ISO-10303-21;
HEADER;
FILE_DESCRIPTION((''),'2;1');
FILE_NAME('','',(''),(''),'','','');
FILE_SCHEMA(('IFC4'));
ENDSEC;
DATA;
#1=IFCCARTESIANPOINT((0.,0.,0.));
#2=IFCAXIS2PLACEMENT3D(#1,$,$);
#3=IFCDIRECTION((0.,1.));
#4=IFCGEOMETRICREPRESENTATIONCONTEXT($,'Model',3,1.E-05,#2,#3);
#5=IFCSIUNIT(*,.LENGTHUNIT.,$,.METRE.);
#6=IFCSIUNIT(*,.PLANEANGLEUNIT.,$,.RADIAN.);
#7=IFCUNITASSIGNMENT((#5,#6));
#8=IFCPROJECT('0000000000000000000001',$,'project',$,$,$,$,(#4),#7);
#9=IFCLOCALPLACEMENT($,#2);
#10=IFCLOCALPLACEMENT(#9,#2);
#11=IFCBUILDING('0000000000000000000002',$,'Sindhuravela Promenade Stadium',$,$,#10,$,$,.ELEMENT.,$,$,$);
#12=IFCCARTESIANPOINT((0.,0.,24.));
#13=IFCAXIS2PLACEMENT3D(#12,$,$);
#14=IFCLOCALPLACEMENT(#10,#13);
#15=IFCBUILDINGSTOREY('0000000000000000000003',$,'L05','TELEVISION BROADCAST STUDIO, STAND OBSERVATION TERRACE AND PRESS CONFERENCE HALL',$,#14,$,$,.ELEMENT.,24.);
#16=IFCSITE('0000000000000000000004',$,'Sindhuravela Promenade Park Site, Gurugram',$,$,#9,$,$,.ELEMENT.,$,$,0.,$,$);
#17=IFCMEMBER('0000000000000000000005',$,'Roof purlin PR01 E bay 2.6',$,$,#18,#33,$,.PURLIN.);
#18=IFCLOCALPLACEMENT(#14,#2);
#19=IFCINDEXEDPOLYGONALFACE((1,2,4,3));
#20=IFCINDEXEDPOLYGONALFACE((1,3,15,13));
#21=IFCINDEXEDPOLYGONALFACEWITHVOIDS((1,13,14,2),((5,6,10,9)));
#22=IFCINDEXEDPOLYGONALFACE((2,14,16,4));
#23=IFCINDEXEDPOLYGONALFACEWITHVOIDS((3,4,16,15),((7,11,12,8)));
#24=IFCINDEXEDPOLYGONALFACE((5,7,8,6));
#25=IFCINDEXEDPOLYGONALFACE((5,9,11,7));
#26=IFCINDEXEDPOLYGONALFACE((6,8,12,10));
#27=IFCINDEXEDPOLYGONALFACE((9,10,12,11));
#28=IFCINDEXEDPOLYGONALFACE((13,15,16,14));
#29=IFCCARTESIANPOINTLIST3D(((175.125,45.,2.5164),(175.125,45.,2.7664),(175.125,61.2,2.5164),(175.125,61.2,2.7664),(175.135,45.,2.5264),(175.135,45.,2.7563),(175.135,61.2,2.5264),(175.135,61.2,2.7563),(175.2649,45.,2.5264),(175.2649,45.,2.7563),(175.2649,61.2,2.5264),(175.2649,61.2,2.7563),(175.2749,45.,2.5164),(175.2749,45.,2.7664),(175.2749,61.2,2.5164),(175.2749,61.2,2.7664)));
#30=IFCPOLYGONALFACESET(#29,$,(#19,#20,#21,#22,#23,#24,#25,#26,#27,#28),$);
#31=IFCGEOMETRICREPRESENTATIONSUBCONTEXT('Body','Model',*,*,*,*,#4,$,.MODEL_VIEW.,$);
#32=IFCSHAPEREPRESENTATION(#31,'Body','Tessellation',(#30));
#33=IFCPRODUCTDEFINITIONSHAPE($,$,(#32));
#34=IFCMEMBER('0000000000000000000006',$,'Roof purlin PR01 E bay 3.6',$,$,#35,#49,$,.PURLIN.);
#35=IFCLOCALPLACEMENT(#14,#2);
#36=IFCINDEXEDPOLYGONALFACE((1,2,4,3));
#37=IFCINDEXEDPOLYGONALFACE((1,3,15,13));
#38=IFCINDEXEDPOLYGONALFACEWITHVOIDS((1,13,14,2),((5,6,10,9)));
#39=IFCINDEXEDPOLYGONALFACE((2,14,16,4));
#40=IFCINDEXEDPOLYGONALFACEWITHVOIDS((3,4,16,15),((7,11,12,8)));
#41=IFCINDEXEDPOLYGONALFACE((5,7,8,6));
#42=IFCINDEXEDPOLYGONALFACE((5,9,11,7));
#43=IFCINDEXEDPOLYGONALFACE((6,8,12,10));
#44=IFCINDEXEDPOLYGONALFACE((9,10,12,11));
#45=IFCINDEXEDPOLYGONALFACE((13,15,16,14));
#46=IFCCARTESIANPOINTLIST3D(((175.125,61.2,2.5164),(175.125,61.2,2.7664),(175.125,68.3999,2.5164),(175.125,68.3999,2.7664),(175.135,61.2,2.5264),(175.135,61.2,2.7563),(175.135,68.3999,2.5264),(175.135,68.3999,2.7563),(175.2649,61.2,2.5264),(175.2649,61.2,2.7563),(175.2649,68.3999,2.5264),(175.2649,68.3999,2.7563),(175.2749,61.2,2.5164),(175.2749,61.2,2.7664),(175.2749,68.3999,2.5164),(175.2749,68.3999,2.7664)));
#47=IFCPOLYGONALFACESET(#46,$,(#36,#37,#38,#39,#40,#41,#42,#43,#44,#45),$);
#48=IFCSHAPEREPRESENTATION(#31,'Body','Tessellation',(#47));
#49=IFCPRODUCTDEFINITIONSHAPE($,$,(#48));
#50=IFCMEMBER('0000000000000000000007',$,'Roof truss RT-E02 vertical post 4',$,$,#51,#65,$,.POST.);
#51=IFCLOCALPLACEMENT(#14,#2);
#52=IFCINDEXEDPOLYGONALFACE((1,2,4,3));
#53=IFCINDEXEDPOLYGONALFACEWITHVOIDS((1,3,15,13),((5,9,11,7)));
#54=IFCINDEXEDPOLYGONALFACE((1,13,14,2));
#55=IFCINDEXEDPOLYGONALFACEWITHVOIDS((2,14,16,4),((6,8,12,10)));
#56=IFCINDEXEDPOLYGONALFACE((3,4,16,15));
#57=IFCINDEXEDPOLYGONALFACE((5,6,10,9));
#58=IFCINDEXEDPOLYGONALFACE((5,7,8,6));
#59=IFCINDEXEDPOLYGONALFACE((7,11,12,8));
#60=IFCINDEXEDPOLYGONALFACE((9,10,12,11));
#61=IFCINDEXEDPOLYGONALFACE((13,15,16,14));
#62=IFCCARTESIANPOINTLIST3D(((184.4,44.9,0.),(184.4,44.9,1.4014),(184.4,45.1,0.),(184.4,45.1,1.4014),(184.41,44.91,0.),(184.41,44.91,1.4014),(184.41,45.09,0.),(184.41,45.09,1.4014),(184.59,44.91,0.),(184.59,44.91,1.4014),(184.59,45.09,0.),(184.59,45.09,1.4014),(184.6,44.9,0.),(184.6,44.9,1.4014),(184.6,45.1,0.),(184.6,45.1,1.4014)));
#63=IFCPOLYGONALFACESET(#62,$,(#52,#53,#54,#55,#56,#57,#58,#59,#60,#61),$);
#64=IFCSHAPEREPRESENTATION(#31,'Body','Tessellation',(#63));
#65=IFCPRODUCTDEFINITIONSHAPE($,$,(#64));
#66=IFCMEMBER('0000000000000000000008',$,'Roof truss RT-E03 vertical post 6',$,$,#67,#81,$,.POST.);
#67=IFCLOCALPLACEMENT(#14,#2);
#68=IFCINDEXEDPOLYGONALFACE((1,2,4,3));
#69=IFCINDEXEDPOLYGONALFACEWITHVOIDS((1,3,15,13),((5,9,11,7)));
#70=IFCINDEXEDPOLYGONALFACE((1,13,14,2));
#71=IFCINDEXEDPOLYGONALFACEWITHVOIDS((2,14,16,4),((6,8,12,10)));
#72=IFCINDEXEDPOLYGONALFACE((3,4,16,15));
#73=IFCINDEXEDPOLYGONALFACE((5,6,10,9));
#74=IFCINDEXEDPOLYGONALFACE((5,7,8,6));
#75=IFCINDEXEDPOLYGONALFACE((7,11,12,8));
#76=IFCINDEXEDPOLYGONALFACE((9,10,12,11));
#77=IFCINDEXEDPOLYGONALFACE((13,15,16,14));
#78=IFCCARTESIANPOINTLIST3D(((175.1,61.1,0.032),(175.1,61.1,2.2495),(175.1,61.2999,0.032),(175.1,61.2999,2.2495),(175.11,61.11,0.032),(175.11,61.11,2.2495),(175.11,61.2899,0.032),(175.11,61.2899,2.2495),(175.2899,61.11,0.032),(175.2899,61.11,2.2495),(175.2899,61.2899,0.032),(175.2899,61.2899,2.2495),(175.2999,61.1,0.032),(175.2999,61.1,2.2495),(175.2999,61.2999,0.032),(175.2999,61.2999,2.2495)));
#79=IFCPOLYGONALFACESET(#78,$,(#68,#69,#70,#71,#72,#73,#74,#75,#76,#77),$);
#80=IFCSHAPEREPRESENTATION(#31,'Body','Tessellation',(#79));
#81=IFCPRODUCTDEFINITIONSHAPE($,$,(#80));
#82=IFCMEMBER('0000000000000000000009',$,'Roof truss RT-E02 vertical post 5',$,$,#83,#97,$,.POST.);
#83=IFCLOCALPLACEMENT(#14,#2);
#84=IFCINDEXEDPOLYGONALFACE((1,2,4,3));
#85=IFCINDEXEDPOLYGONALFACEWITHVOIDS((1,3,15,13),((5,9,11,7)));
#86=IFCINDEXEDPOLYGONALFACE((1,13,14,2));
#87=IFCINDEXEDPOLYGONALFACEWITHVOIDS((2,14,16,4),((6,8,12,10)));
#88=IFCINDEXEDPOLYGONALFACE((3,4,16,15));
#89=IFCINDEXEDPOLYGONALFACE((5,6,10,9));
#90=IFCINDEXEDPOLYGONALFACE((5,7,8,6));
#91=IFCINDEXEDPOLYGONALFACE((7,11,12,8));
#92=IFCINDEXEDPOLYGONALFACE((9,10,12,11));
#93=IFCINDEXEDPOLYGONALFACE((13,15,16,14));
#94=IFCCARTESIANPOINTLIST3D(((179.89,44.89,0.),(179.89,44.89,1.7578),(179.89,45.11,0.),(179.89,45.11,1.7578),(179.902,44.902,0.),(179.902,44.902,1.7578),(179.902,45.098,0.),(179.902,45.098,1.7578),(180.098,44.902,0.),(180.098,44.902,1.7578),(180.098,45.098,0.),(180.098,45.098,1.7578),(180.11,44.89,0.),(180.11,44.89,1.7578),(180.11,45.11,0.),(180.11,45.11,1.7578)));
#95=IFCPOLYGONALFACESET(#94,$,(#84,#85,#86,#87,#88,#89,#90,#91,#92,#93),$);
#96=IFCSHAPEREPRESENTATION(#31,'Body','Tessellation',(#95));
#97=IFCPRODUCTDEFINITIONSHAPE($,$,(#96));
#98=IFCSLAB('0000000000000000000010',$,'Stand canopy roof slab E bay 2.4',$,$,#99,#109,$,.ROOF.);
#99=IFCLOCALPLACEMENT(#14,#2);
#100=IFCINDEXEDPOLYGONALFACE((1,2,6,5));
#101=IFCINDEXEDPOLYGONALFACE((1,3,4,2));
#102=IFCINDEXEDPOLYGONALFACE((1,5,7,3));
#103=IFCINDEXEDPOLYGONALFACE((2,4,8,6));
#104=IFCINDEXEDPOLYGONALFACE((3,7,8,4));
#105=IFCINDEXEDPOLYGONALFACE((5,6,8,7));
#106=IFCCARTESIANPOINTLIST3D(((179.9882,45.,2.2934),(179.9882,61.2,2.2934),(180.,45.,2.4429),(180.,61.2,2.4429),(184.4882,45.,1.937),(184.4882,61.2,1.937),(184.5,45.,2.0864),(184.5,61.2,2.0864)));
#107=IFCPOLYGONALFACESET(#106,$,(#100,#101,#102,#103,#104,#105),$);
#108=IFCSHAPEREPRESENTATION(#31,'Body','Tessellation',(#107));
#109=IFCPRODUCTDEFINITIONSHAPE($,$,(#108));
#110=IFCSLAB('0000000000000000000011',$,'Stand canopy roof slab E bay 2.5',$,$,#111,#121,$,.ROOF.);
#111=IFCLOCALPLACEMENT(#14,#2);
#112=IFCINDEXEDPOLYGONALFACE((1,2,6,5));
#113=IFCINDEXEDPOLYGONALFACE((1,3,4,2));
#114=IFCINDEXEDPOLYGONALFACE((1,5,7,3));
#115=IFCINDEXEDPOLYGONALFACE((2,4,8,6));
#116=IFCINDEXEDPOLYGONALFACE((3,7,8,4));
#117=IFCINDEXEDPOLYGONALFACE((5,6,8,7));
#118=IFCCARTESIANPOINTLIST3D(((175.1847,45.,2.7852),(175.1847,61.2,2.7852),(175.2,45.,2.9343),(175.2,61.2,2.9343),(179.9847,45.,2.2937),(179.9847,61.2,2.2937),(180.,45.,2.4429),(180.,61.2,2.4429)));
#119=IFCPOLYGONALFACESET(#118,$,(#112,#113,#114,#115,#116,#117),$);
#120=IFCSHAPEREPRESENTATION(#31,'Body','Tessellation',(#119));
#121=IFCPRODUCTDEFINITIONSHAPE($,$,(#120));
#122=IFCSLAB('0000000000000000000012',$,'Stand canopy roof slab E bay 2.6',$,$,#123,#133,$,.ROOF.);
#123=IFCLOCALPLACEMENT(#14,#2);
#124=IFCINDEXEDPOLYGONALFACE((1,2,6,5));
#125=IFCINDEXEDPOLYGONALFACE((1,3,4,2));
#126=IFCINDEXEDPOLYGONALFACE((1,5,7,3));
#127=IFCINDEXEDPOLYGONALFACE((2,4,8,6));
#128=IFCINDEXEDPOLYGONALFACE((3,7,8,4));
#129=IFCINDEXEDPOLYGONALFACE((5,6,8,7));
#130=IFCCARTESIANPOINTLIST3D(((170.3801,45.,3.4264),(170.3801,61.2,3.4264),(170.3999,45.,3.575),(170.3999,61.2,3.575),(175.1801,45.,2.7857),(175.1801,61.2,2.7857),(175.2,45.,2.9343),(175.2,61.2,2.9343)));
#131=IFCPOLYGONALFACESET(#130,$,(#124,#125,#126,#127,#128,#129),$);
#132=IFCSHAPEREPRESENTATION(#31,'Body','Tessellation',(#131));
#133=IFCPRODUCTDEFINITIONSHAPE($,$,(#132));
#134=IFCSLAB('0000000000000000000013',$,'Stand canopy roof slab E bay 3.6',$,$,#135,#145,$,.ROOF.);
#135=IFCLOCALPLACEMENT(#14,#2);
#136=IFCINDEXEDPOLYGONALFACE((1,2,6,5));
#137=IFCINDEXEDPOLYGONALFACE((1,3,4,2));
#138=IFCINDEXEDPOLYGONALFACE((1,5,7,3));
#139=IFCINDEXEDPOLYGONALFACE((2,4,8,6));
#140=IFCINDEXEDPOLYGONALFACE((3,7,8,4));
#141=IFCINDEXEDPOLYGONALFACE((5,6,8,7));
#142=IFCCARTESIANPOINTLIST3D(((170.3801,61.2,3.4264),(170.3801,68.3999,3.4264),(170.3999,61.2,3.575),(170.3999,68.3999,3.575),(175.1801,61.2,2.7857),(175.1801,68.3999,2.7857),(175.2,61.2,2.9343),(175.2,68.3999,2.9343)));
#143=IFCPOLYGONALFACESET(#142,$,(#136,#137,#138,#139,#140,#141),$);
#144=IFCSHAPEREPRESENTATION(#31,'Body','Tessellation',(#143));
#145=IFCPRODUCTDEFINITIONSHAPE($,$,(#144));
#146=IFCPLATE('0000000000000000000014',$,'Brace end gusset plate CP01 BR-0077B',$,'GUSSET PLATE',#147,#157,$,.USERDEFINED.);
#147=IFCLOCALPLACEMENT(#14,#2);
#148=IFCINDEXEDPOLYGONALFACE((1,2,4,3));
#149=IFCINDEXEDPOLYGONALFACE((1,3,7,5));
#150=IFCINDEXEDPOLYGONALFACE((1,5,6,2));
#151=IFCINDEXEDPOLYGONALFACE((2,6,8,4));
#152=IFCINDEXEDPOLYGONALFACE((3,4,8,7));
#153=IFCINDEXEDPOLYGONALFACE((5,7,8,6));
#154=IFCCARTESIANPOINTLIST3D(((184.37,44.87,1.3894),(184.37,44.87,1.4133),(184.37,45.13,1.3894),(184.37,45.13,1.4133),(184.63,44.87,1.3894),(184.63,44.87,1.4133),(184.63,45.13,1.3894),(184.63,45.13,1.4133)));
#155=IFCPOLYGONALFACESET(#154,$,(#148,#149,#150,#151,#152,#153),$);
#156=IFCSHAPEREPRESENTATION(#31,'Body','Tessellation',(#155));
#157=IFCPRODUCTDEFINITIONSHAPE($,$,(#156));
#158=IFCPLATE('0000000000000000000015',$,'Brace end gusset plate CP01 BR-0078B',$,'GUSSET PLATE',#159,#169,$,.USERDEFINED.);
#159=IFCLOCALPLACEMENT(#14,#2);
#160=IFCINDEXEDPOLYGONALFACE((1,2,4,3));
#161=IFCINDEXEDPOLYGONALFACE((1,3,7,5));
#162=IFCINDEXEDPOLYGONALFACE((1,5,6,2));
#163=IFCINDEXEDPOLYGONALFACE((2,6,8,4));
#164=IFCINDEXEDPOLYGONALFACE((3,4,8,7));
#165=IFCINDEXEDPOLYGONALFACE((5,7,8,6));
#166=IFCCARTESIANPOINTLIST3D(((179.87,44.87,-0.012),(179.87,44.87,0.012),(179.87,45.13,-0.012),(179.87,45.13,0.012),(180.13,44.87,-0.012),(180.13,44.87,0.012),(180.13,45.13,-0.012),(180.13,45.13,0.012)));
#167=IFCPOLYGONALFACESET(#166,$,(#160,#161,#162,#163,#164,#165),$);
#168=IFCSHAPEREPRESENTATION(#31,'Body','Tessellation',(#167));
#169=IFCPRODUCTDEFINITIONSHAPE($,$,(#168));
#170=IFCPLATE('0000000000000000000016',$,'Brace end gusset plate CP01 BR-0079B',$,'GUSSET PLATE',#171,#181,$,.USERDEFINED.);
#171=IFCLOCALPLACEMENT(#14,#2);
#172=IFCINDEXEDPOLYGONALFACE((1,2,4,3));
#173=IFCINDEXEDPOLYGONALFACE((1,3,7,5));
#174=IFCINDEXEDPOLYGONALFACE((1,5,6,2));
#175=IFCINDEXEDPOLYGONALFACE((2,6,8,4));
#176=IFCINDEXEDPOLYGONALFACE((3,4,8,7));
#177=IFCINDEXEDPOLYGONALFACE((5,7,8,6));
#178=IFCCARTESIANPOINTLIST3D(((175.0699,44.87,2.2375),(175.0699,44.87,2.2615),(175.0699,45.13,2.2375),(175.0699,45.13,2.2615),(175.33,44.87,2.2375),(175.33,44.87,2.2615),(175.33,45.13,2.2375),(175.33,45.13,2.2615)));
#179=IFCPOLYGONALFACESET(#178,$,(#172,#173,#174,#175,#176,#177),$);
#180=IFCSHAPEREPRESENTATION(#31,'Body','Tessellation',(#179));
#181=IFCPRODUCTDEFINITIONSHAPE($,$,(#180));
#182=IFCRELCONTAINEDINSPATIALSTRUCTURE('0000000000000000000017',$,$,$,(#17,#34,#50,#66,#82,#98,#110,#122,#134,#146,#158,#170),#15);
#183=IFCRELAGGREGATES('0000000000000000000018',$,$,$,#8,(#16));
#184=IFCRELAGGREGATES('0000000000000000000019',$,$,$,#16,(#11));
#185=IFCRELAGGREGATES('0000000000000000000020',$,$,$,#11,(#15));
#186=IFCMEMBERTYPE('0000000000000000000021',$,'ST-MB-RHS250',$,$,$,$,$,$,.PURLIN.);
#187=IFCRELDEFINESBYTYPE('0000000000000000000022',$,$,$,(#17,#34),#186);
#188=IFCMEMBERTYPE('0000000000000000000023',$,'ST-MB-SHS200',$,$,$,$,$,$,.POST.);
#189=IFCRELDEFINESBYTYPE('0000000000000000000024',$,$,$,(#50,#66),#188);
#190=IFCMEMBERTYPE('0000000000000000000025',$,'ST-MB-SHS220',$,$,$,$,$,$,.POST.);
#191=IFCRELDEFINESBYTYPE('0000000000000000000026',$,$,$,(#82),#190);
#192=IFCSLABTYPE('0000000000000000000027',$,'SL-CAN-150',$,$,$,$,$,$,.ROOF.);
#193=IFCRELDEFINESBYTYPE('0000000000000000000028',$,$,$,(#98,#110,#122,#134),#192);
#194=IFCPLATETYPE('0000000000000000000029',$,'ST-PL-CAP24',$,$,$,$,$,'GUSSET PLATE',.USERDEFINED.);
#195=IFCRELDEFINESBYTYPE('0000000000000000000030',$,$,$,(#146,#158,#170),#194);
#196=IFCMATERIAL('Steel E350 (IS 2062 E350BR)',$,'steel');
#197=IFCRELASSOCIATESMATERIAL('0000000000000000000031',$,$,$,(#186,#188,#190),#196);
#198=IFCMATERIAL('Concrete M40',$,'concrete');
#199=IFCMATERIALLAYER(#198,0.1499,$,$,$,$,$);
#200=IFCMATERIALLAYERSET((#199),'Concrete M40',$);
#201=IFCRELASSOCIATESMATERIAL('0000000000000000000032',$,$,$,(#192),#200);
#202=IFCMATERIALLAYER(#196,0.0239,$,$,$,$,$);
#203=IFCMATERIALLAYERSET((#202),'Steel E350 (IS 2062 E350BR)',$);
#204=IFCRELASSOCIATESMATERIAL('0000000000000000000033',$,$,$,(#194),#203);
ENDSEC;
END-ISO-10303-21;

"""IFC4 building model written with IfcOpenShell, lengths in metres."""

from ifc_helpers import new_model, si_unit, direction, frame, origin, origin_2d, place, context, subcontext, project, spatial, polyline, rectangle, hollow_rectangle, outline, extrude, material, layer, layer_set, material_profile, profile_set, type_object, element, save


model = new_model("IFC4")

# Units and contexts
model_context = context("Model", 3, precision=1e-05, world=origin(), true_north=direction((0.0, 1.0)))
body_context = subcontext(model_context, "Body", "Model", "MODEL_VIEW")
ifc_project = project(units=[si_unit("LENGTHUNIT", "METRE"), si_unit("PLANEANGLEUNIT", "RADIAN")], contexts=[model_context])

# Site, building, storey
site_placement = place(None, origin())
site = spatial("IfcSite", under=ifc_project, at=site_placement, Name="Sindhuravela Promenade Park Site, Gurugram", CompositionType="ELEMENT", RefElevation=0.0)
building_placement = place(site_placement, origin())
building = spatial("IfcBuilding", under=site, at=building_placement, Name="Sindhuravela Promenade Stadium", CompositionType="ELEMENT")
storey_placement = place(building_placement, frame((0.0, 0.0, 24.0)))
storey = spatial("IfcBuildingStorey", under=building, at=storey_placement, Name="L05", Description="TELEVISION BROADCAST STUDIO, STAND OBSERVATION TERRACE AND PRESS CONFERENCE HALL", CompositionType="ELEMENT", Elevation=24.0)

# Shared definitions
ifc_material_1 = material(Name="Concrete M40", Category="concrete")
ifc_material_2 = material(Name="Steel E350 (IS 2062 E350BR)", Category="steel")

# Members
ifc_material_profile_1 = material_profile(ifc_material_2, hollow_rectangle(XDim=0.1499, YDim=0.25, WallThickness=0.01, at=origin_2d()), Name="RHS 250x150x10")
ifc_profile_set_1 = profile_set([ifc_material_profile_1], Name="Steel E350 (IS 2062 E350BR)")
member_type_1 = type_object("IfcMemberType", Name="ST-MB-RHS250", PredefinedType="PURLIN", material=ifc_profile_set_1)
for number, where, z_axis, x_axis, name in (
    (1, (175.2, 45.0, 2.6414), (0.0, 1.0, 0.0), (-1.0, 0.0, 0.0), "Roof purlin PR01 E bay 2.6"),
):
    element("IfcMember", number, at=place(storey_placement, frame(where, z_axis=z_axis, x_axis=x_axis)), inside=storey, type_object=member_type_1, Name=name, PredefinedType="PURLIN", context=body_context, shape_type="SweptSolid", body=[
        extrude(hollow_rectangle(XDim=0.1499, YDim=0.25, WallThickness=0.01, at=origin_2d()), origin(), (0.0, 0.0, 1.0), 16.2),
    ])
member_1_placement = place(storey_placement, frame((175.2, 61.2, 2.6414), z_axis=(0.0, 1.0, 0.0), x_axis=(-1.0, 0.0, 0.0)))
element("IfcMember", 2, at=member_1_placement, inside=storey, type_object=member_type_1, Name="Roof purlin PR01 E bay 3.6", PredefinedType="PURLIN", context=body_context, shape_type="SweptSolid", body=[
    extrude(hollow_rectangle(XDim=0.1499, YDim=0.25, WallThickness=0.01, at=origin_2d()), origin(), (0.0, 0.0, 1.0), 7.2),
])
ifc_material_profile_2 = material_profile(ifc_material_2, hollow_rectangle(XDim=0.2, YDim=0.2, WallThickness=0.01, at=origin_2d()), Name="SHS 200x200x10")
ifc_profile_set_2 = profile_set([ifc_material_profile_2], Name="Steel E350 (IS 2062 E350BR)")
member_type_2 = type_object("IfcMemberType", Name="ST-MB-SHS200", PredefinedType="POST", material=ifc_profile_set_2)
member_2_placement = place(storey_placement, frame((184.5, 45.0, 0.0), z_axis=(0.0, 0.0, 1.0), x_axis=(1.0, 0.0, 0.0)))
element("IfcMember", 3, at=member_2_placement, inside=storey, type_object=member_type_2, Name="Roof truss RT-E02 vertical post 4", PredefinedType="POST", context=body_context, shape_type="SweptSolid", body=[
    extrude(hollow_rectangle(XDim=0.2, YDim=0.2, WallThickness=0.01, at=origin_2d()), origin(), (0.0, 0.0, 1.0), 1.4014),
])
member_3_placement = place(storey_placement, frame((175.2, 61.2, 0.032), z_axis=(0.0, 0.0, 1.0), x_axis=(1.0, 0.0, 0.0)))
element("IfcMember", 4, at=member_3_placement, inside=storey, type_object=member_type_2, Name="Roof truss RT-E03 vertical post 6", PredefinedType="POST", context=body_context, shape_type="SweptSolid", body=[
    extrude(hollow_rectangle(XDim=0.2, YDim=0.2, WallThickness=0.01, at=origin_2d()), origin(), (0.0, 0.0, 1.0), 2.2175),
])
ifc_material_profile_3 = material_profile(ifc_material_2, hollow_rectangle(XDim=0.22, YDim=0.22, WallThickness=0.012, at=origin_2d()), Name="SHS 220x220x12")
ifc_profile_set_3 = profile_set([ifc_material_profile_3], Name="Steel E350 (IS 2062 E350BR)")
member_type_3 = type_object("IfcMemberType", Name="ST-MB-SHS220", PredefinedType="POST", material=ifc_profile_set_3)
member_4_placement = place(storey_placement, frame((180.0, 45.0, 0.0), z_axis=(0.0, 0.0, 1.0), x_axis=(1.0, 0.0, 0.0)))
element("IfcMember", 5, at=member_4_placement, inside=storey, type_object=member_type_3, Name="Roof truss RT-E02 vertical post 5", PredefinedType="POST", context=body_context, shape_type="SweptSolid", body=[
    extrude(hollow_rectangle(XDim=0.22, YDim=0.22, WallThickness=0.012, at=origin_2d()), origin(), (0.0, 0.0, 1.0), 1.7578),
])

# Slabs
ifc_layer_1 = layer(ifc_material_1, 0.1499)
ifc_layer_set_1 = layer_set([ifc_layer_1], Name="Concrete M40")
slab_type = type_object("IfcSlabType", Name="SL-CAN-150", PredefinedType="ROOF", material=ifc_layer_set_1)
slab_1_placement = place(storey_placement, frame((184.5, 45.0, 2.0864), z_axis=(0.078963, 0.0, 0.996878), x_axis=(0.0, 1.0, 0.0)))
element("IfcSlab", 6, at=slab_1_placement, inside=storey, type_object=slab_type, Name="Stand canopy roof slab E bay 2.4", PredefinedType="ROOF", context=body_context, shape_type="SweptSolid", body=[
    extrude(outline(polyline([(0.0, 0.0), (16.2, 0.0), (16.2, 4.5141), (0.0, 4.5141), (0.0, 0.0)])), origin(), (0.0, 0.0, -1.0), 0.1499),
])
slab_2_placement = place(storey_placement, frame((180.0, 45.0, 2.4429), z_axis=(0.101853, 0.0, 0.994799), x_axis=(0.0, 1.0, 0.0)))
element("IfcSlab", 7, at=slab_2_placement, inside=storey, type_object=slab_type, Name="Stand canopy roof slab E bay 2.5", PredefinedType="ROOF", context=body_context, shape_type="SweptSolid", body=[
    extrude(outline(polyline([(0.0, 0.0), (16.2, 0.0), (16.2, 4.8251), (0.0, 4.8251), (0.0, 0.0)])), origin(), (0.0, 0.0, -1.0), 0.1499),
])
slab_3_placement = place(storey_placement, frame((175.2, 45.0, 2.9343), z_axis=(0.132289, 0.0, 0.991211), x_axis=(0.0, 1.0, 0.0)))
element("IfcSlab", 8, at=slab_3_placement, inside=storey, type_object=slab_type, Name="Stand canopy roof slab E bay 2.6", PredefinedType="ROOF", context=body_context, shape_type="SweptSolid", body=[
    extrude(outline(polyline([(0.0, 0.0), (16.2, 0.0), (16.2, 4.8426), (0.0, 4.8426), (0.0, 0.0)])), origin(), (0.0, 0.0, -1.0), 0.1499),
])
slab_4_placement = place(storey_placement, frame((175.2, 61.2, 2.9343), z_axis=(0.132289, 0.0, 0.991211), x_axis=(0.0, 1.0, 0.0)))
element("IfcSlab", 9, at=slab_4_placement, inside=storey, type_object=slab_type, Name="Stand canopy roof slab E bay 3.6", PredefinedType="ROOF", context=body_context, shape_type="SweptSolid", body=[
    extrude(outline(polyline([(0.0, 0.0), (7.2, 0.0), (7.2, 4.8426), (0.0, 4.8426), (0.0, 0.0)])), origin(), (0.0, 0.0, -1.0), 0.1499),
])

# Plates
ifc_layer_2 = layer(ifc_material_2, 0.0239)
ifc_layer_set_2 = layer_set([ifc_layer_2], Name="Steel E350 (IS 2062 E350BR)")
plate_type = type_object("IfcPlateType", Name="ST-PL-CAP24", ElementType="GUSSET PLATE", PredefinedType="USERDEFINED", material=ifc_layer_set_2)
for number, where, z_axis, x_axis, name in (
    (10, (184.5, 45.0, 1.3894), (0.0, 0.0, 1.0), (1.0, 0.0, 0.0), "Brace end gusset plate CP01 BR-0077B"),
    (11, (180.0, 45.0, -0.012), (0.0, 0.0, 1.0), (1.0, 0.0, 0.0), "Brace end gusset plate CP01 BR-0078B"),
    (12, (175.2, 45.0, 2.2375), (0.0, 0.0, 1.0), (1.0, 0.0, 0.0), "Brace end gusset plate CP01 BR-0079B"),
):
    element("IfcPlate", number, at=place(storey_placement, frame(where, z_axis=z_axis, x_axis=x_axis)), inside=storey, type_object=plate_type, Name=name, ObjectType="GUSSET PLATE", PredefinedType="USERDEFINED", context=body_context, shape_type="SweptSolid", body=[
        extrude(rectangle(XDim=0.26, YDim=0.26, at=origin_2d()), origin(), (0.0, 0.0, 1.0), 0.0239),
    ])

save(model, "model.ifc")
